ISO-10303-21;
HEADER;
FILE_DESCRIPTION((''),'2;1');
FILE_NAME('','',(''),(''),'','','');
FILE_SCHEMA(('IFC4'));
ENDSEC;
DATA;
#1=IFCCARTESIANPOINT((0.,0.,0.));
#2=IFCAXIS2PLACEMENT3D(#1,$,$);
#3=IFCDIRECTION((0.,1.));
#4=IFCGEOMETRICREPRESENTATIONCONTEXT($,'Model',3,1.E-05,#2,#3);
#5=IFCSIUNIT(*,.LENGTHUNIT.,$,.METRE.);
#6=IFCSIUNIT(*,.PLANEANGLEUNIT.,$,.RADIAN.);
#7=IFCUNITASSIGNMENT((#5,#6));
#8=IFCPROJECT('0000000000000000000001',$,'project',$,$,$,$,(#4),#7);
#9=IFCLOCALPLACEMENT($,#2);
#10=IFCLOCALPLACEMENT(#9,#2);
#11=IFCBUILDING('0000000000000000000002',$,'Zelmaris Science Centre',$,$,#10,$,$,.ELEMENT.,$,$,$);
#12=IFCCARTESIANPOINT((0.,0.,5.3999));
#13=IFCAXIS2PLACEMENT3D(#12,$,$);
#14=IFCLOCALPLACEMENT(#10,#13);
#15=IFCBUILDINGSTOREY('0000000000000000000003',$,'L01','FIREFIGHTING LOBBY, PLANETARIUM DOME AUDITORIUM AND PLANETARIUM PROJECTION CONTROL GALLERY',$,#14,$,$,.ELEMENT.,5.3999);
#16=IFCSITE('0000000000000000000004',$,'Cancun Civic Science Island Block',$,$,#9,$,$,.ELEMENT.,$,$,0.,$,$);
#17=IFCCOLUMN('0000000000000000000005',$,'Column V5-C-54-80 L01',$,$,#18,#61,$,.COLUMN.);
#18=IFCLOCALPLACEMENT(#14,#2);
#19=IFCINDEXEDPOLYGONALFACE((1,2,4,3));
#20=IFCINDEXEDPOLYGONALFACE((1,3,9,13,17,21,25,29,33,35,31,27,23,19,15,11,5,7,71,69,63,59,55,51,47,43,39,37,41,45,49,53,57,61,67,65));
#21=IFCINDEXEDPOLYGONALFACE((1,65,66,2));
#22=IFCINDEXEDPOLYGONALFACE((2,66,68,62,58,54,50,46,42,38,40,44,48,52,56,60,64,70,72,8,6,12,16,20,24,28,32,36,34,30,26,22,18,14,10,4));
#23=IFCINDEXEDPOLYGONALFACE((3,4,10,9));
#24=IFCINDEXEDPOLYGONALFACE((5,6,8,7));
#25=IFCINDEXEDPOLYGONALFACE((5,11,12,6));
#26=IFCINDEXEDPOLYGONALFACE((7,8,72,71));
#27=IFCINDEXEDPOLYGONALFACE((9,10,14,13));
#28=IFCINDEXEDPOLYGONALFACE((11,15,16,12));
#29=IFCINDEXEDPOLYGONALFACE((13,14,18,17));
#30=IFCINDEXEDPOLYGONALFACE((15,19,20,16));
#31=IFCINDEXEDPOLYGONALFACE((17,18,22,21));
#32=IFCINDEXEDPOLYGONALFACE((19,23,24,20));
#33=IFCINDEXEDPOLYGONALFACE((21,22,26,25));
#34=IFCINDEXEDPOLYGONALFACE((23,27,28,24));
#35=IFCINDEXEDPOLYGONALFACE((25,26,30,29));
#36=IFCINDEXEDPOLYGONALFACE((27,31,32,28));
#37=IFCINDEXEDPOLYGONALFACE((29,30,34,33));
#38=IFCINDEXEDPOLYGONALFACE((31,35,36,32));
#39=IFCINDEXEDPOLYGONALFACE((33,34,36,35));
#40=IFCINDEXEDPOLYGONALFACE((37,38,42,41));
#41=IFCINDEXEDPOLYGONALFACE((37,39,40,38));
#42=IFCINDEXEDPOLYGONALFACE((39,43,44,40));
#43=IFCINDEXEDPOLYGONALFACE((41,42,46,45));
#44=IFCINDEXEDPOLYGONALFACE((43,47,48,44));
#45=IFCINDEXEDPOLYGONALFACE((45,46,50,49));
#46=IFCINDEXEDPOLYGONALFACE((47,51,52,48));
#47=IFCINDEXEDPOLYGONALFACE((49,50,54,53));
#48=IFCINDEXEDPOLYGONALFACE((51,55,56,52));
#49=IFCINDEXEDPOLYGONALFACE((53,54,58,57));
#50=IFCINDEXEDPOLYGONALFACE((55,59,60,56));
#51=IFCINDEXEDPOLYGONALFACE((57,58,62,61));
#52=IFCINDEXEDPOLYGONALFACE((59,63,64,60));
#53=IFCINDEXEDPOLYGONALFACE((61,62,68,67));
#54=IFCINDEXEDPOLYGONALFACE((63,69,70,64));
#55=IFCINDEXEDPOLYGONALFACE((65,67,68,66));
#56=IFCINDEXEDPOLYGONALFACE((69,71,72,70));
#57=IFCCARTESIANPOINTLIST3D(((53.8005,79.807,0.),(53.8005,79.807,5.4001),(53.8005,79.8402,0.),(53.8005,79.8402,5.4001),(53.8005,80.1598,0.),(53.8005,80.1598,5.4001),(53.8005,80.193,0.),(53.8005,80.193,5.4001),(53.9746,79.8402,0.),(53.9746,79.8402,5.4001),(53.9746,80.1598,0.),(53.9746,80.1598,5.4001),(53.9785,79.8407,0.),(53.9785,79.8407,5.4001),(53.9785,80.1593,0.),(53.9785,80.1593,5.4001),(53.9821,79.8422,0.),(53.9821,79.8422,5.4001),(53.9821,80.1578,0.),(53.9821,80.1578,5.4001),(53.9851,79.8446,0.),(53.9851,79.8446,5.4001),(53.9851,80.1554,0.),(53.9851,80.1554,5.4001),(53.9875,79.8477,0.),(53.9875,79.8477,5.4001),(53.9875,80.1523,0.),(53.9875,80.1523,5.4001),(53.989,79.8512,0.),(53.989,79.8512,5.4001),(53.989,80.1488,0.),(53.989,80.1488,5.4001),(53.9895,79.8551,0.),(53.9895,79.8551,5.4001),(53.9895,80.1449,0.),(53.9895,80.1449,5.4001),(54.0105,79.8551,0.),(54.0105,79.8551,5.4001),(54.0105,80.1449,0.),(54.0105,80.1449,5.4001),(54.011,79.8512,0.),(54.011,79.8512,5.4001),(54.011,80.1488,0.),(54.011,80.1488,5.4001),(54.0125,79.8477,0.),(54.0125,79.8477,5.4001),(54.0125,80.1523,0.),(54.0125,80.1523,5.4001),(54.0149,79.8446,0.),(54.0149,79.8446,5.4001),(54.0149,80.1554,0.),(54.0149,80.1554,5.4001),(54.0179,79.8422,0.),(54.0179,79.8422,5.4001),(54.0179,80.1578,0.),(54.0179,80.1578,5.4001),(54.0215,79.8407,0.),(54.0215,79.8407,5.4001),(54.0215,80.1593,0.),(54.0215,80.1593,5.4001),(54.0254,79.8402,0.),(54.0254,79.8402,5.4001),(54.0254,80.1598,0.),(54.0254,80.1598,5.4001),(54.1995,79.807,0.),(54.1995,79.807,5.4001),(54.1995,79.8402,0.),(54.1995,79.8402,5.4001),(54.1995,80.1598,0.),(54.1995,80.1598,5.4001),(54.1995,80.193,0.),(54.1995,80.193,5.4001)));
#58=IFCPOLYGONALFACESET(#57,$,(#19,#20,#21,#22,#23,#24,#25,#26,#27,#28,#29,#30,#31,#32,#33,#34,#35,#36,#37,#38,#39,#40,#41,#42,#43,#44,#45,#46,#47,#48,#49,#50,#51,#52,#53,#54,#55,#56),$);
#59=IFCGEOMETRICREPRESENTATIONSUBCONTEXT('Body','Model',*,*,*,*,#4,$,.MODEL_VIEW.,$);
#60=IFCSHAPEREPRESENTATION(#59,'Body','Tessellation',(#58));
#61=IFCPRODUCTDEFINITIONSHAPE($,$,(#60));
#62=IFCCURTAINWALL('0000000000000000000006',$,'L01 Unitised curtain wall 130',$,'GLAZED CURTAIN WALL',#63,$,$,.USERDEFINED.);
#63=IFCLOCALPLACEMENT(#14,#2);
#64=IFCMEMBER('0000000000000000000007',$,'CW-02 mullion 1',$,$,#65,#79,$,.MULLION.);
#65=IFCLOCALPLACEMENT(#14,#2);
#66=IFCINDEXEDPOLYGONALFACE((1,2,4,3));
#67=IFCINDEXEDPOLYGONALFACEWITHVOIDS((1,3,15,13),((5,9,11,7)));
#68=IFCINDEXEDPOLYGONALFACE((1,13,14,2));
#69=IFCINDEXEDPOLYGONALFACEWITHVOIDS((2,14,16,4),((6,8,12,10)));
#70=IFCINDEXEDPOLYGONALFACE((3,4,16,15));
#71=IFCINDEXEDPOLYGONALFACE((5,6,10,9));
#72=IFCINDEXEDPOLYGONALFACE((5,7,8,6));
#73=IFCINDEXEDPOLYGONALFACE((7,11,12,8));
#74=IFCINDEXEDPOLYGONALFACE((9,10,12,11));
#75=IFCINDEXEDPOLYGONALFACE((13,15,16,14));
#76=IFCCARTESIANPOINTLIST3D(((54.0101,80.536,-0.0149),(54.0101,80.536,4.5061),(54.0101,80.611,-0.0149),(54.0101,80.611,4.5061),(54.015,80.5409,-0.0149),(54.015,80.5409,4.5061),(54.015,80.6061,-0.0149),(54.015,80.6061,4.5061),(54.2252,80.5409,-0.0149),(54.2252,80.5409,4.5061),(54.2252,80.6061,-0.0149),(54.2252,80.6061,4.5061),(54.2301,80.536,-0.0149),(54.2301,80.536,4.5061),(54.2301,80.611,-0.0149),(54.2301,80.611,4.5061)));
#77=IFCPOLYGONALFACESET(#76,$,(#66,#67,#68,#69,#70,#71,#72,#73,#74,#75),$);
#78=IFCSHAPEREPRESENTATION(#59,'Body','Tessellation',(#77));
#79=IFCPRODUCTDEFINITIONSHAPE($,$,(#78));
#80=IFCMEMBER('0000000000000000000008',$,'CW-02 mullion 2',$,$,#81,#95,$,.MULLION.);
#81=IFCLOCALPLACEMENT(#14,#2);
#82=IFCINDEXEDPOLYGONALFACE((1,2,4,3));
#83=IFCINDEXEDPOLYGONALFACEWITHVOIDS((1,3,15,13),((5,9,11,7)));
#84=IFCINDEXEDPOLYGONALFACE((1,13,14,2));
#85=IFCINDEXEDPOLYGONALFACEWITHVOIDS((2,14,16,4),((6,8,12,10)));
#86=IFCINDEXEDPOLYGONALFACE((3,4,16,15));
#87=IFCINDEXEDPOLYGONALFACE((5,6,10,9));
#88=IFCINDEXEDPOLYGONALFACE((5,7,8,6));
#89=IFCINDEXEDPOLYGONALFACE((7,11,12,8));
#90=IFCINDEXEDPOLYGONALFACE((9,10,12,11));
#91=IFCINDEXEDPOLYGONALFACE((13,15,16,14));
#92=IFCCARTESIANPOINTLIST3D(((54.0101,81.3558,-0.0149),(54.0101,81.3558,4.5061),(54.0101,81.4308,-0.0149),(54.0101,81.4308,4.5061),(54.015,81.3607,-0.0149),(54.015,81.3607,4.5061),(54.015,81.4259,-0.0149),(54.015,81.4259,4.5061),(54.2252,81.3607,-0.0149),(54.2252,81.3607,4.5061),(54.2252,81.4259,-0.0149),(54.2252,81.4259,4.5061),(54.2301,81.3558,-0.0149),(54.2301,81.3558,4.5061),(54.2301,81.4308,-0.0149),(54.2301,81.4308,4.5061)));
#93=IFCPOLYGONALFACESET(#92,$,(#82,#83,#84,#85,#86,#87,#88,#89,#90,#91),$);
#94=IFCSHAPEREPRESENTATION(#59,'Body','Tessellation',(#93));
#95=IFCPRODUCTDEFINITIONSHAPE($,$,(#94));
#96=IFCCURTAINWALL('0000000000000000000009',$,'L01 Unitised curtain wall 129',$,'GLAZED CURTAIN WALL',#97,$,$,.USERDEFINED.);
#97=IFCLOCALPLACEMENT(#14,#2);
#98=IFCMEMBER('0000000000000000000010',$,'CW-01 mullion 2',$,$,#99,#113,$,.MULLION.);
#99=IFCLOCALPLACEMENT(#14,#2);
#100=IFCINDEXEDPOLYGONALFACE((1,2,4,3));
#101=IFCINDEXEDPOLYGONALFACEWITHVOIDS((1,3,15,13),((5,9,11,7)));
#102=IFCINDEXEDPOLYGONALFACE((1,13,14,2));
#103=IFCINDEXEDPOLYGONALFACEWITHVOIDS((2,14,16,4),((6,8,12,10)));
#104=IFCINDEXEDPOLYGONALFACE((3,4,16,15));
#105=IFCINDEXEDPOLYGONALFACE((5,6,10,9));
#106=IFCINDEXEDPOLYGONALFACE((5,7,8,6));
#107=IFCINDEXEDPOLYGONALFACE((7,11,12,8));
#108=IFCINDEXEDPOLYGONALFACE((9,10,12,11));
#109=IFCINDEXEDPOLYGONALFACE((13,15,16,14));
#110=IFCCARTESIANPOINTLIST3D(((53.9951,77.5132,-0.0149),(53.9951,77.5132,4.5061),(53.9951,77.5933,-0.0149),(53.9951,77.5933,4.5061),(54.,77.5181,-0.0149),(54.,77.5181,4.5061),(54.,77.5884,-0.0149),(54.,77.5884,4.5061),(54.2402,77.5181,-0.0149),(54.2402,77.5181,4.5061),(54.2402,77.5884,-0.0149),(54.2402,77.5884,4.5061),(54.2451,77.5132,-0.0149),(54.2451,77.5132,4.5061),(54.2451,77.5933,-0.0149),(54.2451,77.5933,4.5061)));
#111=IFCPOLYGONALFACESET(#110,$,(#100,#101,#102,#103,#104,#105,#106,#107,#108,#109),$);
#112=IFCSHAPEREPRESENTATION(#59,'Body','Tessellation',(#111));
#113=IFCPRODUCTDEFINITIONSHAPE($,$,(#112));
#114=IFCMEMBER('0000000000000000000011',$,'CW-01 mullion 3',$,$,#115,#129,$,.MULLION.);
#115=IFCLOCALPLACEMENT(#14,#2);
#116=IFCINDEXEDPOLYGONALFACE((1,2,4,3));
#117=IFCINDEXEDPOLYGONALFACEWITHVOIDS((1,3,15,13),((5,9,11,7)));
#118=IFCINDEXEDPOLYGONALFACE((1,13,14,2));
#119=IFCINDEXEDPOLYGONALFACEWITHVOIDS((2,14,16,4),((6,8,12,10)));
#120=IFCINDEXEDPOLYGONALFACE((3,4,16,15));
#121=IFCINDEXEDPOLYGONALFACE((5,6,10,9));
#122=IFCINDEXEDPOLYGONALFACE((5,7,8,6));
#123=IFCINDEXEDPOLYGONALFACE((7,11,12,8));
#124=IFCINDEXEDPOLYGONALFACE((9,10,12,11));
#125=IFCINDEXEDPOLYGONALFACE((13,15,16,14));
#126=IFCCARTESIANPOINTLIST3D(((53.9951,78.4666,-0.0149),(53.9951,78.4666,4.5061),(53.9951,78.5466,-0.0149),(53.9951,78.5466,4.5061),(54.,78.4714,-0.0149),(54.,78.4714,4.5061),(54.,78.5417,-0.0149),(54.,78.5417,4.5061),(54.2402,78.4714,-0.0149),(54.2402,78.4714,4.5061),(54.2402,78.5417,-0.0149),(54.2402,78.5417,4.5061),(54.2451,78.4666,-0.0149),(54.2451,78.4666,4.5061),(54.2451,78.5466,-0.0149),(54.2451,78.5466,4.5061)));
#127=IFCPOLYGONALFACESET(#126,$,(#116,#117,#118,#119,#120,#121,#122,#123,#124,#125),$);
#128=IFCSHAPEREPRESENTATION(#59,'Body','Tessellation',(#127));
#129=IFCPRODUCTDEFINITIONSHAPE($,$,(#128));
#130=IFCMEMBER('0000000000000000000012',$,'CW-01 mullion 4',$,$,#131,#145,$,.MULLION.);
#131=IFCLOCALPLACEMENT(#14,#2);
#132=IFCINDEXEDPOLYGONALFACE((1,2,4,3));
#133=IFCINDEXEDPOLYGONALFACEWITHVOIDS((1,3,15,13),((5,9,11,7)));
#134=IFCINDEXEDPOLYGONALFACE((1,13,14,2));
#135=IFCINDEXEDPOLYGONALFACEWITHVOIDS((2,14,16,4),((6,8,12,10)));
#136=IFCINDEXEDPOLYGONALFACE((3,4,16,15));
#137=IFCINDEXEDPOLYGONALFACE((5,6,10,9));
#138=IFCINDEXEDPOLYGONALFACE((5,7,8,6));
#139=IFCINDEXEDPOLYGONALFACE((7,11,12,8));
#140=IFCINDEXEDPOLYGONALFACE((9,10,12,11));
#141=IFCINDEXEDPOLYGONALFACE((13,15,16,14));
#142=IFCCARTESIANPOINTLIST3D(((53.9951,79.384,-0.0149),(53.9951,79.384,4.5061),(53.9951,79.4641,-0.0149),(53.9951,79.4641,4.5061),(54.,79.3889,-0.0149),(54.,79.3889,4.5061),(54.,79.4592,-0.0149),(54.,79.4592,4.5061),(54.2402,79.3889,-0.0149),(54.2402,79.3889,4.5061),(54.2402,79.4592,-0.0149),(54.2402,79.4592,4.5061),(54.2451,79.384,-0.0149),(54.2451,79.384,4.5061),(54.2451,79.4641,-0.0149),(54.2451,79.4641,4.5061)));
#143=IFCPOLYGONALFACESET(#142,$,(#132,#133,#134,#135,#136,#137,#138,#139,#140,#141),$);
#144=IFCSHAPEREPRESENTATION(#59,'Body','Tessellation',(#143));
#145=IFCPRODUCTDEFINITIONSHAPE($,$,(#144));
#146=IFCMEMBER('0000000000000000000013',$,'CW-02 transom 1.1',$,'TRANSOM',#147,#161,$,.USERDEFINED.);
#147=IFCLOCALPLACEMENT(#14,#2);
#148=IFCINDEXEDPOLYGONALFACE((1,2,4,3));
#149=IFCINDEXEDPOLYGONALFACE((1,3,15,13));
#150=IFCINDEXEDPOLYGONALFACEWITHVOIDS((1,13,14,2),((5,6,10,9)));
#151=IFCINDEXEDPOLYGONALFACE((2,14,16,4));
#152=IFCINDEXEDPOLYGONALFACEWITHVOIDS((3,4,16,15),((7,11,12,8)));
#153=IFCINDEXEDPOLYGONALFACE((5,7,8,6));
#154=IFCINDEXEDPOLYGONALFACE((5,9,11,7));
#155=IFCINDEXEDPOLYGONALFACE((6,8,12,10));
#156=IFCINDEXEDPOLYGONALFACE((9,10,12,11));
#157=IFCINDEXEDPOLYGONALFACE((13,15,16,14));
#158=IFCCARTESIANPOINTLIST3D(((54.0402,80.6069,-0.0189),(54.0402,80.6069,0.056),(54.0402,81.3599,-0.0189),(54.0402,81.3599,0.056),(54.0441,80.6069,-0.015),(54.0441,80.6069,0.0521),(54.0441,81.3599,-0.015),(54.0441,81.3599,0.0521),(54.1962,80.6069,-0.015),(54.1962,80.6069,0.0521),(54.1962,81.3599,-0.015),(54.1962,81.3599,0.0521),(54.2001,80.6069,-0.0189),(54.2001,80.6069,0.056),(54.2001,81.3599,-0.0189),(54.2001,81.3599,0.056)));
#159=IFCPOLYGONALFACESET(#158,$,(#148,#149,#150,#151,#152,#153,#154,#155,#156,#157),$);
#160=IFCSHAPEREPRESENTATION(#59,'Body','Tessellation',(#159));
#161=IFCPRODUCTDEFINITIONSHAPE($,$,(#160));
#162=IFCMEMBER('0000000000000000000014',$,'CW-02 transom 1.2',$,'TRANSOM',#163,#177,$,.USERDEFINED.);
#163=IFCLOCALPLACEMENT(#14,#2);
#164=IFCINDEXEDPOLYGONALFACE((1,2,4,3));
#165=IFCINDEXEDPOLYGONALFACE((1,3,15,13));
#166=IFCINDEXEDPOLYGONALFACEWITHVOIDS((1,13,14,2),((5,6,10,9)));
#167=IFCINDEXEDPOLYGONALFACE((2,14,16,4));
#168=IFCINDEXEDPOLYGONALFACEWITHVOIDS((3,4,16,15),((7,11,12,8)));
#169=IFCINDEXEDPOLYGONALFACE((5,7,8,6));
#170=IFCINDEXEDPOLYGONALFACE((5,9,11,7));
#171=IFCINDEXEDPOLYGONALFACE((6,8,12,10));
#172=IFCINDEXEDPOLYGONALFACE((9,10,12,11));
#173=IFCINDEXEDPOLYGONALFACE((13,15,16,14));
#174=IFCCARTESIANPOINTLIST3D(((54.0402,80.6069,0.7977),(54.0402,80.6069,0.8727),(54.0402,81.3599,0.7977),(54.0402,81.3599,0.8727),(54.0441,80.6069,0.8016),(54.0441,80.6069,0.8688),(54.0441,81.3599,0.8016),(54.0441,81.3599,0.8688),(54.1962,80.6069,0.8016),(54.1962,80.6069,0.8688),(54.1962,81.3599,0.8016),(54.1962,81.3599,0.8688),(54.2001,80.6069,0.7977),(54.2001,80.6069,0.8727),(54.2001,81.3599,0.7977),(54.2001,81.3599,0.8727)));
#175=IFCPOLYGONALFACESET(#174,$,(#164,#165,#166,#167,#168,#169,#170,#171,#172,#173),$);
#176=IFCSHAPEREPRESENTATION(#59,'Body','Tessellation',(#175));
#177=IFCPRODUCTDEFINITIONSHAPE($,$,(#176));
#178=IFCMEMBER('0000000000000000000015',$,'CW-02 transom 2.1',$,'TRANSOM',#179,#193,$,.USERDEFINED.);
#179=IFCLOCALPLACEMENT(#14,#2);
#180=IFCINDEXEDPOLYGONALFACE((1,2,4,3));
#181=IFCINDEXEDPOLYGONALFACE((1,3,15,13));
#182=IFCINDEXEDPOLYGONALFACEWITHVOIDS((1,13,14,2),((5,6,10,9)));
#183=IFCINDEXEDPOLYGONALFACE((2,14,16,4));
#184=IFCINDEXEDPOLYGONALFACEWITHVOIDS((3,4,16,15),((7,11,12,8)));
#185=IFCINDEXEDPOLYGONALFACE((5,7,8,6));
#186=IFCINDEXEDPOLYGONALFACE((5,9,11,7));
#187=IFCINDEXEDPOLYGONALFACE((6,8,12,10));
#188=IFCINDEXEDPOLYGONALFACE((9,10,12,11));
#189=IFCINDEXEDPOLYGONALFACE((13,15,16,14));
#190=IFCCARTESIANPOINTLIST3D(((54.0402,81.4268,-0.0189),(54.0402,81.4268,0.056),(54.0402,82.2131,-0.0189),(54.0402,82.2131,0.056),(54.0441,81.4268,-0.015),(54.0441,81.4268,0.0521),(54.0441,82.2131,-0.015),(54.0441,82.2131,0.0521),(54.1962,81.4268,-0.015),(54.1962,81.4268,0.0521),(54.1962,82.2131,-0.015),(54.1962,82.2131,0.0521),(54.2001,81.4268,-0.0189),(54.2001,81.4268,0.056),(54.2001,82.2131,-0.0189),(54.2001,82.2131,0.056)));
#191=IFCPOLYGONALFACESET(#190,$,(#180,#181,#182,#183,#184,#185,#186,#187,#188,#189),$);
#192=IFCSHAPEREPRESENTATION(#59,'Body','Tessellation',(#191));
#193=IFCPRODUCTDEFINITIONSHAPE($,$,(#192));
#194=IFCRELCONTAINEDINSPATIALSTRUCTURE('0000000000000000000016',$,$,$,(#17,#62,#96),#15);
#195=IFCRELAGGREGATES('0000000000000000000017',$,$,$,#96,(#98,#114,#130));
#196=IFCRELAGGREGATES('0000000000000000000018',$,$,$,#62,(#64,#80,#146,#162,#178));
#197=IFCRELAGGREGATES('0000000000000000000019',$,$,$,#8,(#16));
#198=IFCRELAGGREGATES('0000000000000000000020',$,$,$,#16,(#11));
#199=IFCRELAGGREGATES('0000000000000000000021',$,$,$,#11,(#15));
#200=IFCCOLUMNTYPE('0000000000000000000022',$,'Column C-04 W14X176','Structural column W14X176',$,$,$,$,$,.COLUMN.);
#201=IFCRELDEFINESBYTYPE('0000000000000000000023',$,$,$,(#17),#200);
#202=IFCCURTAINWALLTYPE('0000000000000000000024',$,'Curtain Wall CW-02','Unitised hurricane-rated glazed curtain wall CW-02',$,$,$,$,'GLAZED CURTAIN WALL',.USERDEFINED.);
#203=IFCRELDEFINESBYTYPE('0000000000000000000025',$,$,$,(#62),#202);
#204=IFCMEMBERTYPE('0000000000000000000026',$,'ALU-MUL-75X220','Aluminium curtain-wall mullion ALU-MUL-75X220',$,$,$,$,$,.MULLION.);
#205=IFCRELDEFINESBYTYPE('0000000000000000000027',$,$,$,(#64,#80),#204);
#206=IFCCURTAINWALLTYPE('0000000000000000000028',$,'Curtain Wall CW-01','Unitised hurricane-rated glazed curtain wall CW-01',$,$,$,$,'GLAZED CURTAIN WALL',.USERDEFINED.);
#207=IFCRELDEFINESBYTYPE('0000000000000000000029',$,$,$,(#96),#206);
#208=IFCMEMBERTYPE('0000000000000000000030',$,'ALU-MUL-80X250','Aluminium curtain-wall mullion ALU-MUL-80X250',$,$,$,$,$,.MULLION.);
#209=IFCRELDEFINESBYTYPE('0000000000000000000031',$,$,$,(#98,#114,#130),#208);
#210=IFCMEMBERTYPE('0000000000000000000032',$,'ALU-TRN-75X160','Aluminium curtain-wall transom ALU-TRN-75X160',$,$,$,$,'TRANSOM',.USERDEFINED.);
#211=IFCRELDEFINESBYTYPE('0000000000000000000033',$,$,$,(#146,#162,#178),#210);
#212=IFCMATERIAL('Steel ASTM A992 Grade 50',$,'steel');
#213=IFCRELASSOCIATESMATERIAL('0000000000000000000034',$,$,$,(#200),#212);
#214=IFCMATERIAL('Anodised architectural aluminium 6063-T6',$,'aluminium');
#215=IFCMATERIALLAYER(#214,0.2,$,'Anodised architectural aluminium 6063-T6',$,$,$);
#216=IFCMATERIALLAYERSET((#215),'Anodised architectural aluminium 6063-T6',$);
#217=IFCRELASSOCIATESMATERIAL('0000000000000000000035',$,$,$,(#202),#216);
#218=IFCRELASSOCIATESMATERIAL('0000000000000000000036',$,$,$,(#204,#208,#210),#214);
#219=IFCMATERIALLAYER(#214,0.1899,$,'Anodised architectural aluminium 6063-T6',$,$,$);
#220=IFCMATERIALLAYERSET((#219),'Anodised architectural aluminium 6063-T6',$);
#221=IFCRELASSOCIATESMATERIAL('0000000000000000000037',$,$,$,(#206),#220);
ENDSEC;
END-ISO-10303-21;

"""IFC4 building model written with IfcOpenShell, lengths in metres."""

from ifc_helpers import new_model, si_unit, direction, frame, origin, origin_2d, place, context, subcontext, project, spatial, hollow_rectangle, i_section, extrude, material, layer, layer_set, material_profile, profile_set, type_object, element, aggregate, save


model = new_model("IFC4")

# Units and contexts
model_context = context("Model", 3, precision=1e-05, world=origin(), true_north=direction((0.0, 1.0)))
body_context = subcontext(model_context, "Body", "Model", "MODEL_VIEW")
ifc_project = project(units=[si_unit("LENGTHUNIT", "METRE"), si_unit("PLANEANGLEUNIT", "RADIAN")], contexts=[model_context])

# Site, building, storey
site_placement = place(None, origin())
site = spatial("IfcSite", under=ifc_project, at=site_placement, Name="Cancun Civic Science Island Block", CompositionType="ELEMENT", RefElevation=0.0)
building_placement = place(site_placement, origin())
building = spatial("IfcBuilding", under=site, at=building_placement, Name="Zelmaris Science Centre", CompositionType="ELEMENT")
storey_placement = place(building_placement, frame((0.0, 0.0, 5.3999)))
storey = spatial("IfcBuildingStorey", under=building, at=storey_placement, Name="L01", Description="FIREFIGHTING LOBBY, PLANETARIUM DOME AUDITORIUM AND PLANETARIUM PROJECTION CONTROL GALLERY", CompositionType="ELEMENT", Elevation=5.3999)

# Column
ifc_material_1 = material(Name="Steel ASTM A992 Grade 50", Category="steel")
ifc_material_profile_1 = material_profile(ifc_material_1, i_section(OverallWidth=0.3989, OverallDepth=0.386, WebThickness=0.021, FlangeThickness=0.0332, FilletRadius=0.0149, at=origin_2d()), Name="W14X176")
ifc_profile_set_1 = profile_set([ifc_material_profile_1], Name="Steel ASTM A992 Grade 50")
column_type = type_object("IfcColumnType", Name="Column C-04 W14X176", Description="Structural column W14X176", PredefinedType="COLUMN", material=ifc_profile_set_1)
column_placement = place(storey_placement, frame((54.0, 80.0, 0.0), z_axis=(0.0, 0.0, 1.0), x_axis=(1.0, 0.0, 0.0)))
element("IfcColumn", 1, at=column_placement, inside=storey, type_object=column_type, Name="Column V5-C-54-80 L01", PredefinedType="COLUMN", context=body_context, shape_type="SweptSolid", body=[
    extrude(i_section(OverallWidth=0.3989, OverallDepth=0.386, WebThickness=0.021, FlangeThickness=0.0332, FilletRadius=0.0149, at=origin_2d()), origin(), (0.0, 0.0, 1.0), 5.4001),
])

# Curtain walls, members
ifc_material_2 = material(Name="Anodised architectural aluminium 6063-T6", Category="aluminium")
ifc_layer_1 = layer(ifc_material_2, 0.2, Name="Anodised architectural aluminium 6063-T6")
ifc_layer_set_1 = layer_set([ifc_layer_1], Name="Anodised architectural aluminium 6063-T6")
curtain_wall_type_1 = type_object("IfcCurtainWallType", Name="Curtain Wall CW-02", Description="Unitised hurricane-rated glazed curtain wall CW-02", ElementType="GLAZED CURTAIN WALL", PredefinedType="USERDEFINED", material=ifc_layer_set_1)
curtain_wall_1_placement = place(storey_placement, origin())
curtain_wall_1 = element("IfcCurtainWall", 2, at=curtain_wall_1_placement, inside=storey, type_object=curtain_wall_type_1, Name="L01 Unitised curtain wall 130", ObjectType="GLAZED CURTAIN WALL", PredefinedType="USERDEFINED")
ifc_material_profile_2 = material_profile(ifc_material_2, hollow_rectangle(XDim=0.075, YDim=0.22, WallThickness=0.0049, at=origin_2d()), Name="ALU-MUL-75X220")
ifc_profile_set_2 = profile_set([ifc_material_profile_2], Name="Anodised architectural aluminium 6063-T6")
member_type_1 = type_object("IfcMemberType", Name="ALU-MUL-75X220", Description="Aluminium curtain-wall mullion ALU-MUL-75X220", PredefinedType="MULLION", material=ifc_profile_set_2)
member_1_placement = place(storey_placement, frame((54.1201, 80.5735, -0.0149), z_axis=(0.0, 0.0, 1.0), x_axis=(0.000007, 1.0, 0.0)))
member_1 = element("IfcMember", 3, at=member_1_placement, type_object=member_type_1, Name="CW-02 mullion 1", PredefinedType="MULLION", context=body_context, shape_type="SweptSolid", body=[
    extrude(hollow_rectangle(XDim=0.075, YDim=0.22, WallThickness=0.0049, at=origin_2d()), origin(), (0.0, 0.0, 1.0), 4.521),
])
member_2_placement = place(storey_placement, frame((54.1201, 81.3933, -0.0149), z_axis=(0.0, 0.0, 1.0), x_axis=(0.000007, 1.0, 0.0)))
member_2 = element("IfcMember", 4, at=member_2_placement, type_object=member_type_1, Name="CW-02 mullion 2", PredefinedType="MULLION", context=body_context, shape_type="SweptSolid", body=[
    extrude(hollow_rectangle(XDim=0.075, YDim=0.22, WallThickness=0.0049, at=origin_2d()), origin(), (0.0, 0.0, 1.0), 4.521),
])
ifc_layer_2 = layer(ifc_material_2, 0.1899, Name="Anodised architectural aluminium 6063-T6")
ifc_layer_set_2 = layer_set([ifc_layer_2], Name="Anodised architectural aluminium 6063-T6")
curtain_wall_type_2 = type_object("IfcCurtainWallType", Name="Curtain Wall CW-01", Description="Unitised hurricane-rated glazed curtain wall CW-01", ElementType="GLAZED CURTAIN WALL", PredefinedType="USERDEFINED", material=ifc_layer_set_2)
curtain_wall_2_placement = place(storey_placement, origin())
curtain_wall_2 = element("IfcCurtainWall", 5, at=curtain_wall_2_placement, inside=storey, type_object=curtain_wall_type_2, Name="L01 Unitised curtain wall 129", ObjectType="GLAZED CURTAIN WALL", PredefinedType="USERDEFINED")
ifc_material_profile_3 = material_profile(ifc_material_2, hollow_rectangle(XDim=0.0801, YDim=0.25, WallThickness=0.0049, at=origin_2d()), Name="ALU-MUL-80X250")
ifc_profile_set_3 = profile_set([ifc_material_profile_3], Name="Anodised architectural aluminium 6063-T6")
member_type_2 = type_object("IfcMemberType", Name="ALU-MUL-80X250", Description="Aluminium curtain-wall mullion ALU-MUL-80X250", PredefinedType="MULLION", material=ifc_profile_set_3)
member_3_placement = place(storey_placement, frame((54.1201, 77.5532, -0.0149), z_axis=(0.0, 0.0, 1.0), x_axis=(0.000007, 1.0, 0.0)))
member_3 = element("IfcMember", 6, at=member_3_placement, type_object=member_type_2, Name="CW-01 mullion 2", PredefinedType="MULLION", context=body_context, shape_type="SweptSolid", body=[
    extrude(hollow_rectangle(XDim=0.0801, YDim=0.25, WallThickness=0.0049, at=origin_2d()), origin(), (0.0, 0.0, 1.0), 4.521),
])
member_4_placement = place(storey_placement, frame((54.1201, 78.5066, -0.0149), z_axis=(0.0, 0.0, 1.0), x_axis=(0.000007, 1.0, 0.0)))
member_4 = element("IfcMember", 7, at=member_4_placement, type_object=member_type_2, Name="CW-01 mullion 3", PredefinedType="MULLION", context=body_context, shape_type="SweptSolid", body=[
    extrude(hollow_rectangle(XDim=0.0801, YDim=0.25, WallThickness=0.0049, at=origin_2d()), origin(), (0.0, 0.0, 1.0), 4.521),
])
member_5_placement = place(storey_placement, frame((54.1201, 79.4241, -0.0149), z_axis=(0.0, 0.0, 1.0), x_axis=(0.000007, 1.0, 0.0)))
member_5 = element("IfcMember", 8, at=member_5_placement, type_object=member_type_2, Name="CW-01 mullion 4", PredefinedType="MULLION", context=body_context, shape_type="SweptSolid", body=[
    extrude(hollow_rectangle(XDim=0.0801, YDim=0.25, WallThickness=0.0049, at=origin_2d()), origin(), (0.0, 0.0, 1.0), 4.521),
])

# Members
ifc_material_profile_4 = material_profile(ifc_material_2, hollow_rectangle(XDim=0.075, YDim=0.1599, WallThickness=0.0039, at=origin_2d()), Name="ALU-TRN-75X160")
ifc_profile_set_4 = profile_set([ifc_material_profile_4], Name="Anodised architectural aluminium 6063-T6")
member_type_3 = type_object("IfcMemberType", Name="ALU-TRN-75X160", Description="Aluminium curtain-wall transom ALU-TRN-75X160", ElementType="TRANSOM", PredefinedType="USERDEFINED", material=ifc_profile_set_4)
member_6_placement = place(storey_placement, frame((54.1201, 80.6069, 0.0186), z_axis=(0.0, 1.0, 0.0), x_axis=(0.0, 0.0, 1.0)))
member_6 = element("IfcMember", 9, at=member_6_placement, type_object=member_type_3, Name="CW-02 transom 1.1", ObjectType="TRANSOM", PredefinedType="USERDEFINED", context=body_context, shape_type="SweptSolid", body=[
    extrude(hollow_rectangle(XDim=0.075, YDim=0.1599, WallThickness=0.0039, at=origin_2d()), origin(), (0.0, 0.0, 1.0), 0.7529),
])
member_7_placement = place(storey_placement, frame((54.1201, 80.6069, 0.8352), z_axis=(0.0, 1.0, 0.0), x_axis=(0.0, 0.0, 1.0)))
member_7 = element("IfcMember", 10, at=member_7_placement, type_object=member_type_3, Name="CW-02 transom 1.2", ObjectType="TRANSOM", PredefinedType="USERDEFINED", context=body_context, shape_type="SweptSolid", body=[
    extrude(hollow_rectangle(XDim=0.075, YDim=0.1599, WallThickness=0.0039, at=origin_2d()), origin(), (0.0, 0.0, 1.0), 0.7529),
])
member_8_placement = place(storey_placement, frame((54.1201, 81.4268, 0.0186), z_axis=(0.0, 1.0, 0.0), x_axis=(0.0, 0.0, 1.0)))
member_8 = element("IfcMember", 11, at=member_8_placement, type_object=member_type_3, Name="CW-02 transom 2.1", ObjectType="TRANSOM", PredefinedType="USERDEFINED", context=body_context, shape_type="SweptSolid", body=[
    extrude(hollow_rectangle(XDim=0.075, YDim=0.1599, WallThickness=0.0039, at=origin_2d()), origin(), (0.0, 0.0, 1.0), 0.7864),
])

aggregate(curtain_wall_2, [member_3, member_4, member_5])
aggregate(curtain_wall_1, [member_1, member_2, member_6, member_7, member_8])

save(model, "model.ifc")
